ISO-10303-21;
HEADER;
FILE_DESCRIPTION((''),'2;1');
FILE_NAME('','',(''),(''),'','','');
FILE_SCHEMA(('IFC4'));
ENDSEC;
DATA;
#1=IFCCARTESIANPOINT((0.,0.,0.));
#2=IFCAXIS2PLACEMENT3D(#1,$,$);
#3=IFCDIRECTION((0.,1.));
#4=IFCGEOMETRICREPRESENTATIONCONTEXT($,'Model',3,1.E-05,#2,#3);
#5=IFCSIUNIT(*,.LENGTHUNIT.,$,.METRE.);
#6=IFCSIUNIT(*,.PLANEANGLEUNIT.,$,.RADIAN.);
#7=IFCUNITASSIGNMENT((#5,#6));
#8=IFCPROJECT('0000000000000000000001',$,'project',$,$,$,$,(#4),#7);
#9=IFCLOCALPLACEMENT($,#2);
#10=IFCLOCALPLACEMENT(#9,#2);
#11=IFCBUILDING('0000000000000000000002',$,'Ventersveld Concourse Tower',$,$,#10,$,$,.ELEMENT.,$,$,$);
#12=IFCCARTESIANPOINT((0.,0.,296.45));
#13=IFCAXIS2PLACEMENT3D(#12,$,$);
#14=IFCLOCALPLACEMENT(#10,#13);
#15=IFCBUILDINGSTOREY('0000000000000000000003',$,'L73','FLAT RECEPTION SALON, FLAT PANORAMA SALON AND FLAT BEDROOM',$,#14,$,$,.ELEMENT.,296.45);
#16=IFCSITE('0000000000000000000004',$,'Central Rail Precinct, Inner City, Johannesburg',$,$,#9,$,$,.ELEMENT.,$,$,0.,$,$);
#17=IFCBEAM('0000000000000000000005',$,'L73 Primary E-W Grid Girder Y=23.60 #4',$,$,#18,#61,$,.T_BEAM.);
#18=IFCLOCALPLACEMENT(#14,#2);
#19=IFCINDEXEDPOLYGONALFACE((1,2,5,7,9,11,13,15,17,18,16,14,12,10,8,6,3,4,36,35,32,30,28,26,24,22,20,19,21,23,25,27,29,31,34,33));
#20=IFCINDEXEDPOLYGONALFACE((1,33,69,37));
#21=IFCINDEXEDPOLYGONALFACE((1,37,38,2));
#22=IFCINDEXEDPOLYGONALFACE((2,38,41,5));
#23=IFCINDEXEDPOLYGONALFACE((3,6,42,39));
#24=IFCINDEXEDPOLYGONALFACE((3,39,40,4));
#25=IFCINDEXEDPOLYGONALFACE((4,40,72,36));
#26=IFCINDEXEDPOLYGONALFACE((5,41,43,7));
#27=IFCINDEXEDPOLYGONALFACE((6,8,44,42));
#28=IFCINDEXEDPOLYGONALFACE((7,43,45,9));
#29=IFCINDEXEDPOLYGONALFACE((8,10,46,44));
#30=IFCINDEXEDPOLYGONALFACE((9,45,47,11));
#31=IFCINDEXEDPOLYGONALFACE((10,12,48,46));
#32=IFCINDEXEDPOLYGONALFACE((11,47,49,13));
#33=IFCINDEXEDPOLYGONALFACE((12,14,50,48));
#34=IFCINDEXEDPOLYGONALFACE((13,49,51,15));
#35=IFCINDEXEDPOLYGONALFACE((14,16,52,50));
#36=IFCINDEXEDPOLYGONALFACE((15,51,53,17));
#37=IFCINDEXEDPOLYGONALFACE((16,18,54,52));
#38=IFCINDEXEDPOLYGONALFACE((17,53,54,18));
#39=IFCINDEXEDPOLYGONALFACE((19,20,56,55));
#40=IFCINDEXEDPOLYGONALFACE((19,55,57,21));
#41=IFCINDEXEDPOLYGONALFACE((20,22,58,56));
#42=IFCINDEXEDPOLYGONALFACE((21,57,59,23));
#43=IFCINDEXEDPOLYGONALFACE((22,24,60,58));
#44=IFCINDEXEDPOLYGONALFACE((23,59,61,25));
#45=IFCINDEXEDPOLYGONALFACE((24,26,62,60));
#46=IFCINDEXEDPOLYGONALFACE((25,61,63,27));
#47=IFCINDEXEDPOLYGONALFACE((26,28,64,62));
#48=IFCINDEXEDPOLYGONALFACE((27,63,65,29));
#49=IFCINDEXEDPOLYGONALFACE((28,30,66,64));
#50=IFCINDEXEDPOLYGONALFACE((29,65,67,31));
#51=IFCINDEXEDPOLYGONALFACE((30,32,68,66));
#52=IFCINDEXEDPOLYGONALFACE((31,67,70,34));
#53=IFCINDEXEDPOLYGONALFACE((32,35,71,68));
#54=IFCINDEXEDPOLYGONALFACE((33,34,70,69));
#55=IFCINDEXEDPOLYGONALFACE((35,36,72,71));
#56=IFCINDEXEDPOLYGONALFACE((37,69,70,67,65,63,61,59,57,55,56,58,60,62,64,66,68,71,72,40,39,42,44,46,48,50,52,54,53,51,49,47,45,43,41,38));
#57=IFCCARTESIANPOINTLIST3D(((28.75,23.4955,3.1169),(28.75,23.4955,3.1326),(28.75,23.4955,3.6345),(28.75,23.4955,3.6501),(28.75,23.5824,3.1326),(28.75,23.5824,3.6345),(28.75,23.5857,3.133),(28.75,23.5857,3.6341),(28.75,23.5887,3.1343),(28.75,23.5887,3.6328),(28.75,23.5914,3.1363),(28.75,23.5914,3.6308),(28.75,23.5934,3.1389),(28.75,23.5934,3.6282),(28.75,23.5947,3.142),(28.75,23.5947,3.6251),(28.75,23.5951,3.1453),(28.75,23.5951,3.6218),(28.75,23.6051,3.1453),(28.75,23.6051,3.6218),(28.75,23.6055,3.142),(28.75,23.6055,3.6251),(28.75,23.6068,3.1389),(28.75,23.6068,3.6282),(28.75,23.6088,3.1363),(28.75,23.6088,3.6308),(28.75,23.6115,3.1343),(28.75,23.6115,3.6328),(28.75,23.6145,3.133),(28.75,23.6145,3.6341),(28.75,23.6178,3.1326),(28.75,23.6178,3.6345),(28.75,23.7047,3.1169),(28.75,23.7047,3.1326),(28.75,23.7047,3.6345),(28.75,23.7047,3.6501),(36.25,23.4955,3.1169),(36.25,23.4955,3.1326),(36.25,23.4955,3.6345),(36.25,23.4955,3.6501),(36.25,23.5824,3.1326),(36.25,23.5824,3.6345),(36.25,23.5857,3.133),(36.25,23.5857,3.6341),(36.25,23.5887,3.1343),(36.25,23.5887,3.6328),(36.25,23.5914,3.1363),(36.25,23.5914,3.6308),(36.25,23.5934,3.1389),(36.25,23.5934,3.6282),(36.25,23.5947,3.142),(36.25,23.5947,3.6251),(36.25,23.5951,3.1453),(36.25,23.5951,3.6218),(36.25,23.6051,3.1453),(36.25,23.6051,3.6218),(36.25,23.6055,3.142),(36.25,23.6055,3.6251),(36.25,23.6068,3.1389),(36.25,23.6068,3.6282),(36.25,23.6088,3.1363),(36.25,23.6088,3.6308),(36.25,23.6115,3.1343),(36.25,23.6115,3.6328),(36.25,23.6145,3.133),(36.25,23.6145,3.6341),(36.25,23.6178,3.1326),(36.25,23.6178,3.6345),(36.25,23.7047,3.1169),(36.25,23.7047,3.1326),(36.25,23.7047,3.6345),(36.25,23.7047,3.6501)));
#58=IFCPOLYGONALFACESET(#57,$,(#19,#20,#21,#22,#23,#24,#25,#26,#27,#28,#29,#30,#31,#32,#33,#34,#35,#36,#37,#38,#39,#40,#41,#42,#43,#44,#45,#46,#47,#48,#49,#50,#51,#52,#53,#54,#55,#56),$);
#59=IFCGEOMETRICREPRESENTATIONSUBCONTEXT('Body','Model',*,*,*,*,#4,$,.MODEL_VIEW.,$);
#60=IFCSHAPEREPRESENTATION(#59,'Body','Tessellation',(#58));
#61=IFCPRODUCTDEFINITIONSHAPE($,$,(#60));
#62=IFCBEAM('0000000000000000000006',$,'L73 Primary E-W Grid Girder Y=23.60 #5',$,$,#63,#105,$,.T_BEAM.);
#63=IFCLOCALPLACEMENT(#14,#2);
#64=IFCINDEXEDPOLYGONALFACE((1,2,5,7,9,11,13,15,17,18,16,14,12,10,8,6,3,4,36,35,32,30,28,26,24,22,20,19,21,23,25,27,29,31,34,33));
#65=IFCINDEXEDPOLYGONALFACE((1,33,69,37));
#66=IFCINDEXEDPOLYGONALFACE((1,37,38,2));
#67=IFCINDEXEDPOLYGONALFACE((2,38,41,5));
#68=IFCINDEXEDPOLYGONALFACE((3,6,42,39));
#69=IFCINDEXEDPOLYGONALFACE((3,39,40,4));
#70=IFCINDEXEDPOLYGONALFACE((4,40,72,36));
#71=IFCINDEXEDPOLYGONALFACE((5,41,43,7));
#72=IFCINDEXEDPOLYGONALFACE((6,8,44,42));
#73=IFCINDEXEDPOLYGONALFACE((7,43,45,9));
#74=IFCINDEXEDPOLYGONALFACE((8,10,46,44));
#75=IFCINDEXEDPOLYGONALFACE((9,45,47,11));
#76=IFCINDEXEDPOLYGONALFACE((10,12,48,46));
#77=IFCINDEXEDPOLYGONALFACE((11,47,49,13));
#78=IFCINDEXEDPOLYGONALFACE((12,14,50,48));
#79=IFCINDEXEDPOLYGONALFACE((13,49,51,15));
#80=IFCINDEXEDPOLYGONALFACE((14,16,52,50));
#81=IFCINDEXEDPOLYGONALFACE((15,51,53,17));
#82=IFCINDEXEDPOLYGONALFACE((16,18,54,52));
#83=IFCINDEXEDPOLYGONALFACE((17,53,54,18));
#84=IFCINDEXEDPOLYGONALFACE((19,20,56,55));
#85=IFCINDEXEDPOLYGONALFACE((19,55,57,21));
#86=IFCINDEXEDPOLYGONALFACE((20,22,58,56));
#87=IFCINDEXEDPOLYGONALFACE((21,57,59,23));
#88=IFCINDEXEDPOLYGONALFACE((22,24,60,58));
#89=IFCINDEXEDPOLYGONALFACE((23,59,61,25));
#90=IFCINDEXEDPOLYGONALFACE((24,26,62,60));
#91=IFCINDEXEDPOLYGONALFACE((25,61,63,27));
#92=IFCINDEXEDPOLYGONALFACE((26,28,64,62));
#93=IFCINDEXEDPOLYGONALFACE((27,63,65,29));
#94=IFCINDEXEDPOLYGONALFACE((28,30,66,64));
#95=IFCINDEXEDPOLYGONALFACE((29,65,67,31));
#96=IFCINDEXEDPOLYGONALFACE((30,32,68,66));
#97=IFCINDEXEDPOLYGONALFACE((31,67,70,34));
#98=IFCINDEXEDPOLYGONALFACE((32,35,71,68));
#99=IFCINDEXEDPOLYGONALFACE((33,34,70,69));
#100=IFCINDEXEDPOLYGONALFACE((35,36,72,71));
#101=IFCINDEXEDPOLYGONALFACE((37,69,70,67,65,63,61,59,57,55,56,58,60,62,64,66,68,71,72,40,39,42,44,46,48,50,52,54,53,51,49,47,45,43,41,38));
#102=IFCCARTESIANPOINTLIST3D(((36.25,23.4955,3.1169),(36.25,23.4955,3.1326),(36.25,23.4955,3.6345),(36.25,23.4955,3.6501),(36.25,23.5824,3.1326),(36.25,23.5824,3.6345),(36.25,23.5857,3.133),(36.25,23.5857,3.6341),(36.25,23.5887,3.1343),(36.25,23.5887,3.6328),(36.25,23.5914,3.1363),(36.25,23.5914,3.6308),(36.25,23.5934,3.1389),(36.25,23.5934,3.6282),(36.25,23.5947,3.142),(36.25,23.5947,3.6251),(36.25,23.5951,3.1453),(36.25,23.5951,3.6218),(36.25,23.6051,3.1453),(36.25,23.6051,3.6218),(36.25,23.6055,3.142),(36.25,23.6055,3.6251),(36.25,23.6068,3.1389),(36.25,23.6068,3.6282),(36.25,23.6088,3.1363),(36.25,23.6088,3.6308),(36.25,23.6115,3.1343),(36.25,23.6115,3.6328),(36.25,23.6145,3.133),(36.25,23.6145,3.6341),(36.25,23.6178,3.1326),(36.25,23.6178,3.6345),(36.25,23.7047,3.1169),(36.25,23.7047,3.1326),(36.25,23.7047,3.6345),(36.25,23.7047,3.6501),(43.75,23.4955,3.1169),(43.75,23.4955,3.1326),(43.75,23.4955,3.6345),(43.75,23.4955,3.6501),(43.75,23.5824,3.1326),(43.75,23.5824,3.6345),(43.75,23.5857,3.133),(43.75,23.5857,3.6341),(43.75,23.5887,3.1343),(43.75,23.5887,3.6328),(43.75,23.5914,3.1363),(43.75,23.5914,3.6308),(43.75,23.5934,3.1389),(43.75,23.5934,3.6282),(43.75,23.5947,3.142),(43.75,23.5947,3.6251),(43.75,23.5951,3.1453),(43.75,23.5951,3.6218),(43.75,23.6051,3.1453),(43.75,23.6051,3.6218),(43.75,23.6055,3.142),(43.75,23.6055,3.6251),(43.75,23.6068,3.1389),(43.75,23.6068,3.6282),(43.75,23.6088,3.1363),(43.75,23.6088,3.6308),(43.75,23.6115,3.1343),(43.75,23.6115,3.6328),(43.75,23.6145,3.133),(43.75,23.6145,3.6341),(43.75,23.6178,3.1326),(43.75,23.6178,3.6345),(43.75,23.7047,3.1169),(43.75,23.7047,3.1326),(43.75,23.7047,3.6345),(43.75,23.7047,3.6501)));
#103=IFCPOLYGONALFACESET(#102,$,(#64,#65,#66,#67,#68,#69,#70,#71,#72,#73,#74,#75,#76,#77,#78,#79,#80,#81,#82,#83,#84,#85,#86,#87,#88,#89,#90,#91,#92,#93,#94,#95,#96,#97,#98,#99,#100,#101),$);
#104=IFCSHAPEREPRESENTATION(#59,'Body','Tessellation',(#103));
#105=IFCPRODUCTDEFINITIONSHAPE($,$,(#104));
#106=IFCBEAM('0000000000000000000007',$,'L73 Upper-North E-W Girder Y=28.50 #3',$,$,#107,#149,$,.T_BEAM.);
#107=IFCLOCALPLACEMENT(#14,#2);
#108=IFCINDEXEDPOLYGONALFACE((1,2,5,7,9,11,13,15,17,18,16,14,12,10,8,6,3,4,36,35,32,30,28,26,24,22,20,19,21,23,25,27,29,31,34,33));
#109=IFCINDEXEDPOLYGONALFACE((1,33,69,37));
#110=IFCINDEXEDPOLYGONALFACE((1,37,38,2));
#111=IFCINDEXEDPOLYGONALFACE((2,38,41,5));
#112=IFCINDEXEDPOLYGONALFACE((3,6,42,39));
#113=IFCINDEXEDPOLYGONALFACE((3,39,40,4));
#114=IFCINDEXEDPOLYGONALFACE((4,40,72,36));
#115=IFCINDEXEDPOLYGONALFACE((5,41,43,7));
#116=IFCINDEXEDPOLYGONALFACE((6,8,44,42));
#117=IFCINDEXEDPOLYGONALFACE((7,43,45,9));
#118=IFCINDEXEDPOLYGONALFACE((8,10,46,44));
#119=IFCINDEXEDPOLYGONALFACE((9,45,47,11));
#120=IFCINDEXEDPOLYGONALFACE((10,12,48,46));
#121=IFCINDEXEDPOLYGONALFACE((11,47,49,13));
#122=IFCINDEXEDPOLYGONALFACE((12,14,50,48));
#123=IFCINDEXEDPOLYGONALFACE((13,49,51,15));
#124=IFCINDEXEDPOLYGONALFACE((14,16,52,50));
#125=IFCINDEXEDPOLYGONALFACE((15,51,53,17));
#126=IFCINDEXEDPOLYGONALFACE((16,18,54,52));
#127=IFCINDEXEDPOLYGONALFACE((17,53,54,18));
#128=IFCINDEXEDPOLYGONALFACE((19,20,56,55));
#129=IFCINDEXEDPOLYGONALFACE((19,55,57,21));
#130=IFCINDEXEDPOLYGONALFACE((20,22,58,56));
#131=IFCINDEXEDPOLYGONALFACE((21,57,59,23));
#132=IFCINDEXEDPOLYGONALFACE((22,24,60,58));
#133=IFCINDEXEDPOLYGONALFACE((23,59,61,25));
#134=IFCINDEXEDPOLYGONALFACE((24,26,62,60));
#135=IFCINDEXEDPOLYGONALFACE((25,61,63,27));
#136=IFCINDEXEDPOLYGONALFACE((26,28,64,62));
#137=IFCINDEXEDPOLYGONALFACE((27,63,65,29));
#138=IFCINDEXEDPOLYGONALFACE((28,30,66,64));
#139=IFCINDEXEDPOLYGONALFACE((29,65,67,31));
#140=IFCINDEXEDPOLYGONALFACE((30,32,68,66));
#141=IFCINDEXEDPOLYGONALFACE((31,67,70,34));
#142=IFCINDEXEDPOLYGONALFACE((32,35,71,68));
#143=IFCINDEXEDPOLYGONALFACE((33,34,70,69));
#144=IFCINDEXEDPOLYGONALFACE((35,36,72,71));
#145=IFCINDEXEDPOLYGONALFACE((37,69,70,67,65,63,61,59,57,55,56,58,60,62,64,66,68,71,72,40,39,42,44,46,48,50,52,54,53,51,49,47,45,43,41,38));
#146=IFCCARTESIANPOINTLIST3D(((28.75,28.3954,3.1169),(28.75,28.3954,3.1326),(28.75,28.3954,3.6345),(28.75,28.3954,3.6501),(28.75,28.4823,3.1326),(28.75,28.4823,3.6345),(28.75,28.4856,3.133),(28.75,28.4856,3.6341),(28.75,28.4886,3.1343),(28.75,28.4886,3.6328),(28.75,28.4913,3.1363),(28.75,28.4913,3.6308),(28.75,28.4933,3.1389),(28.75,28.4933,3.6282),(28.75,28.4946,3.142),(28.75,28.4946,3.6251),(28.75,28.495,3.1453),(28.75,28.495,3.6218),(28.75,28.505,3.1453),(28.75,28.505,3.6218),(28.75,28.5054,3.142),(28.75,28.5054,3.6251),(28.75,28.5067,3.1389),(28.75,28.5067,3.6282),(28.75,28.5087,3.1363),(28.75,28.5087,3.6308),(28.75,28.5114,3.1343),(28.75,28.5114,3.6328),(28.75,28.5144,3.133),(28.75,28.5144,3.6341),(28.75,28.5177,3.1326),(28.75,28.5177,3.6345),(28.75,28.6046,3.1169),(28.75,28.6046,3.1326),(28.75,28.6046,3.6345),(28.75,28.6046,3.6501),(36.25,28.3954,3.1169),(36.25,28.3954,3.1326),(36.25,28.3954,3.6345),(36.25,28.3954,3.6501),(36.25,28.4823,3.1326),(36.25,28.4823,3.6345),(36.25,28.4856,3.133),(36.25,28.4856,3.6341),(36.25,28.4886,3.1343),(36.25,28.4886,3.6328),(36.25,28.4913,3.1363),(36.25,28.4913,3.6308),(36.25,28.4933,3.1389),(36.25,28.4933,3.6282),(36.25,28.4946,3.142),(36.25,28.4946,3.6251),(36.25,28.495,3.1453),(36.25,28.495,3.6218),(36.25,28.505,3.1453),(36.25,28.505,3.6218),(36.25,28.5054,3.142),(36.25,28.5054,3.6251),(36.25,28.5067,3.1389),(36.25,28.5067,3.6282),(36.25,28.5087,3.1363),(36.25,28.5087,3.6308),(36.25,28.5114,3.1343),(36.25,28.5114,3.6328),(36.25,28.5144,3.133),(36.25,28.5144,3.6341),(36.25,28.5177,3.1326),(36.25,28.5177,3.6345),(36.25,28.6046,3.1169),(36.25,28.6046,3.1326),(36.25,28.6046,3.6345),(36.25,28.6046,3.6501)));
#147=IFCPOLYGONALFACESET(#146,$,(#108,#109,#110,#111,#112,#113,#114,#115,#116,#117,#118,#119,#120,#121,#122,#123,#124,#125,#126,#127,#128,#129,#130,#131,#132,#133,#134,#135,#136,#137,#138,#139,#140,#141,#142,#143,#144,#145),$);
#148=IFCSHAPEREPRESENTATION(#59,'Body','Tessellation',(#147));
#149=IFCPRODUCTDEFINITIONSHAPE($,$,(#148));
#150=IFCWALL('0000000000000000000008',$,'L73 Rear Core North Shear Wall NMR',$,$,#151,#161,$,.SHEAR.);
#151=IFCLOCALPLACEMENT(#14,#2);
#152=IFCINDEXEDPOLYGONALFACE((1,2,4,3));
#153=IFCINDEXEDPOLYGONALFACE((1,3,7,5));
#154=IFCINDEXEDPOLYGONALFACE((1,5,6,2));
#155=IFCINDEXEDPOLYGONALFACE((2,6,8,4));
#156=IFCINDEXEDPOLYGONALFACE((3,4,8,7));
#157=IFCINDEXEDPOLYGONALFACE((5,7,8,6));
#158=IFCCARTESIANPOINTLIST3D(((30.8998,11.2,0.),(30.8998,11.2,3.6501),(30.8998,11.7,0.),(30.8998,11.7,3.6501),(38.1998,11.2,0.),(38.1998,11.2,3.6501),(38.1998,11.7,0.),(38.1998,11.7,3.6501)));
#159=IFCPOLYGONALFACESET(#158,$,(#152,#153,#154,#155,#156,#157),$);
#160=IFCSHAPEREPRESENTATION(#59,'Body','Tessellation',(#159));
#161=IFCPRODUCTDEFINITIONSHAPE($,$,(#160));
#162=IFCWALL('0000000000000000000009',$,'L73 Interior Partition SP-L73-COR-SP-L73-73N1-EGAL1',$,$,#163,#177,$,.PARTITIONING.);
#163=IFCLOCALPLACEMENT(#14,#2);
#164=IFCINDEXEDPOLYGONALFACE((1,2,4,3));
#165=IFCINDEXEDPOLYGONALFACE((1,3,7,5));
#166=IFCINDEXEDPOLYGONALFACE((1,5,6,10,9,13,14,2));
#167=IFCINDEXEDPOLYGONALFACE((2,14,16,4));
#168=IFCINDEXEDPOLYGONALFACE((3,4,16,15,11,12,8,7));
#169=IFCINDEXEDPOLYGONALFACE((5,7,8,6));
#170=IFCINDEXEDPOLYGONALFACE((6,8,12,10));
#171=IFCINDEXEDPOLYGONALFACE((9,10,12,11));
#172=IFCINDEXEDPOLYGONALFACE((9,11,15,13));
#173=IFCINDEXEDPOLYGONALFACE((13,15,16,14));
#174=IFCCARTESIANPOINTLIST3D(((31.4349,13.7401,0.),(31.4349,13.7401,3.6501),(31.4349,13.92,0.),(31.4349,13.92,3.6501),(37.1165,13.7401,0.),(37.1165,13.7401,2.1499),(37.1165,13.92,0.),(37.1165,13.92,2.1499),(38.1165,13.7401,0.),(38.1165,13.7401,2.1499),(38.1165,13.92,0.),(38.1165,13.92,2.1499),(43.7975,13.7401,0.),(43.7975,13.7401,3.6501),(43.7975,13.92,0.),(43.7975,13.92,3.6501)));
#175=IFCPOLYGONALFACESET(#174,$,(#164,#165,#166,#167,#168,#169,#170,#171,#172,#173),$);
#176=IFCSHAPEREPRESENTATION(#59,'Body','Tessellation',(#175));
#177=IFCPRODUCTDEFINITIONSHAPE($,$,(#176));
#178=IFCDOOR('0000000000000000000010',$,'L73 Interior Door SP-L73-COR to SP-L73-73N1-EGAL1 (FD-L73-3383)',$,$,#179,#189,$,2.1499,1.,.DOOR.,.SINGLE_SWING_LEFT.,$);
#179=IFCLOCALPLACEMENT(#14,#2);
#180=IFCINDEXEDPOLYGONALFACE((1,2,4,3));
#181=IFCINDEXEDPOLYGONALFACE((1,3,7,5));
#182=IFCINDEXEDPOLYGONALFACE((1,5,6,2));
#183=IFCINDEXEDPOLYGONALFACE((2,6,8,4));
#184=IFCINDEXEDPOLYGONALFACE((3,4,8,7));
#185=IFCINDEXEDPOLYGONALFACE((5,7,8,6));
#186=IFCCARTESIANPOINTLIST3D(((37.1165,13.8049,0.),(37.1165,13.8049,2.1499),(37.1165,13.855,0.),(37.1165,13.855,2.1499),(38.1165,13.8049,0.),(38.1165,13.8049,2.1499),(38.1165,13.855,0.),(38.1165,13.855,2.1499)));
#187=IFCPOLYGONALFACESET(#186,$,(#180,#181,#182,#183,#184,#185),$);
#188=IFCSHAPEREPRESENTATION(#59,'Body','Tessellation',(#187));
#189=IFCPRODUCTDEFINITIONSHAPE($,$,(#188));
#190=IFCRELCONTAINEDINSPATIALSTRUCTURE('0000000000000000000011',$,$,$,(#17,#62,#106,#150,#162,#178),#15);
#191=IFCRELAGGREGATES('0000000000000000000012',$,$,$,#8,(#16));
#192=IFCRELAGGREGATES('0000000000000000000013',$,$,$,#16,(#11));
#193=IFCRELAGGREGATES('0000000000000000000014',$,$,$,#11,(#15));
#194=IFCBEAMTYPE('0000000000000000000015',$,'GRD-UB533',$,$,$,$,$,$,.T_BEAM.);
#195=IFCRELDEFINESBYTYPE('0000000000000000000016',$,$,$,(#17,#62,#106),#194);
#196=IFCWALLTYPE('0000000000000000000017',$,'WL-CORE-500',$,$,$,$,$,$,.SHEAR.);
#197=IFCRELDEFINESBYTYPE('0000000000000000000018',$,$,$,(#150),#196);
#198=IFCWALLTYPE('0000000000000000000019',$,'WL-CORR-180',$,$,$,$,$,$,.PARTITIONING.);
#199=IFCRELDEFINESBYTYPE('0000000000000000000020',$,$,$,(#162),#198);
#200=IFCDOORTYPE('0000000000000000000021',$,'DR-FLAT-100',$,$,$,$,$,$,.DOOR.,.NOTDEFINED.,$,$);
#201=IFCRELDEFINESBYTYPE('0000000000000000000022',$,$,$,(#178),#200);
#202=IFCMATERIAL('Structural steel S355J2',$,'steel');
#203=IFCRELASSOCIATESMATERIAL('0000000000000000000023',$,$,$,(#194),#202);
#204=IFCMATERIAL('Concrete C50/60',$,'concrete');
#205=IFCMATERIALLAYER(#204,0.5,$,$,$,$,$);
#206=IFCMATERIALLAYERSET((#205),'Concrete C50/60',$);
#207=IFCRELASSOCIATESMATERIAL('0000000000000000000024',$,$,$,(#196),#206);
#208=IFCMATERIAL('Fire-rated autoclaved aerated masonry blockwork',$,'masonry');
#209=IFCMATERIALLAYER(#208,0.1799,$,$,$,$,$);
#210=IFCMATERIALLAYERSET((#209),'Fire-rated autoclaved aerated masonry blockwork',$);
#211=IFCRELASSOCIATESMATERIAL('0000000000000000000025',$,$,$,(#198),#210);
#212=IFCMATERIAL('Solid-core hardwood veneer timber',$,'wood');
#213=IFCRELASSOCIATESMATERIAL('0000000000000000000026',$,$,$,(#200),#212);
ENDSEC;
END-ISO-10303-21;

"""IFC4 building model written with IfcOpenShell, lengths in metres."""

from ifc_helpers import new_model, si_unit, direction, frame, frame_2d, origin, origin_2d, place, context, subcontext, project, spatial, rectangle, i_section, extrude, material, layer, layer_set, material_profile, profile_set, type_object, element, fill, save


model = new_model("IFC4")

# Units and contexts
model_context = context("Model", 3, precision=1e-05, world=origin(), true_north=direction((0.0, 1.0)))
body_context = subcontext(model_context, "Body", "Model", "MODEL_VIEW")
ifc_project = project(units=[si_unit("LENGTHUNIT", "METRE"), si_unit("PLANEANGLEUNIT", "RADIAN")], contexts=[model_context])

# Site, building, storey
site_placement = place(None, origin())
site = spatial("IfcSite", under=ifc_project, at=site_placement, Name="Central Rail Precinct, Inner City, Johannesburg", CompositionType="ELEMENT", RefElevation=0.0)
building_placement = place(site_placement, origin())
building = spatial("IfcBuilding", under=site, at=building_placement, Name="Ventersveld Concourse Tower", CompositionType="ELEMENT")
storey_placement = place(building_placement, frame((0.0, 0.0, 296.45)))
storey = spatial("IfcBuildingStorey", under=building, at=storey_placement, Name="L73", Description="FLAT RECEPTION SALON, FLAT PANORAMA SALON AND FLAT BEDROOM", CompositionType="ELEMENT", Elevation=296.45)

# Shared definitions
ifc_material_1 = material(Name="Concrete C50/60", Category="concrete")

# Beams
ifc_material_2 = material(Name="Structural steel S355J2", Category="steel")
ifc_material_profile_1 = material_profile(ifc_material_2, i_section(OverallWidth=0.2092, OverallDepth=0.5332, WebThickness=0.01, FlangeThickness=0.0156, FilletRadius=0.0127, at=origin_2d()), Name="UB 533x210x92")
ifc_profile_set_1 = profile_set([ifc_material_profile_1], Name="Structural steel S355J2")
beam_type_1 = type_object("IfcBeamType", Name="GRD-UB533", PredefinedType="T_BEAM", material=ifc_profile_set_1)
for number, where, z_axis, x_axis, name in (
    (1, (28.75, 23.6001, 3.3835), (1.0, 0.0, 0.0), (0.0, 1.0, 0.0), "L73 Primary E-W Grid Girder Y=23.60 #4"),
    (2, (36.25, 23.6001, 3.3835), (1.0, 0.0, 0.0), (0.0, 1.0, 0.0), "L73 Primary E-W Grid Girder Y=23.60 #5"),
    (3, (28.75, 28.5, 3.3835), (1.0, 0.0, 0.0), (0.0, 1.0, 0.0), "L73 Upper-North E-W Girder Y=28.50 #3"),
):
    element("IfcBeam", number, at=place(storey_placement, frame(where, z_axis=z_axis, x_axis=x_axis)), inside=storey, type_object=beam_type_1, Name=name, PredefinedType="T_BEAM", context=body_context, shape_type="SweptSolid", body=[
        extrude(i_section(OverallWidth=0.2092, OverallDepth=0.5332, WebThickness=0.01, FlangeThickness=0.0156, FilletRadius=0.0127, at=origin_2d()), origin(), (0.0, 0.0, 1.0), 7.5),
    ])

# Wall
ifc_layer_1 = layer(ifc_material_1, 0.5)
ifc_layer_set_1 = layer_set([ifc_layer_1], Name="Concrete C50/60")
wall_type_1 = type_object("IfcWallType", Name="WL-CORE-500", PredefinedType="SHEAR", material=ifc_layer_set_1)
wall_1_placement = place(storey_placement, frame((30.8999, 11.45, 0.0), z_axis=(0.0, 0.0, 1.0), x_axis=(1.0, 0.0, 0.0)))
element("IfcWall", 4, at=wall_1_placement, inside=storey, type_object=wall_type_1, Name="L73 Rear Core North Shear Wall NMR", PredefinedType="SHEAR", context=body_context, shape_type="SweptSolid", body=[
    extrude(rectangle(XDim=7.3, YDim=0.5, at=frame_2d((3.6499, 0.0))), origin(), (0.0, 0.0, 1.0), 3.6501),
])

# Wall, opening, door
ifc_material_3 = material(Name="Fire-rated autoclaved aerated masonry blockwork", Category="masonry")
ifc_layer_2 = layer(ifc_material_3, 0.1799)
ifc_layer_set_2 = layer_set([ifc_layer_2], Name="Fire-rated autoclaved aerated masonry blockwork")
wall_type_2 = type_object("IfcWallType", Name="WL-CORR-180", PredefinedType="PARTITIONING", material=ifc_layer_set_2)
wall_2_placement = place(storey_placement, frame((31.4351, 13.8301, 0.0), z_axis=(0.0, 0.0, 1.0), x_axis=(1.0, 0.0, 0.0)))
wall_2 = element("IfcWall", 5, at=wall_2_placement, inside=storey, type_object=wall_type_2, Name="L73 Interior Partition SP-L73-COR-SP-L73-73N1-EGAL1", PredefinedType="PARTITIONING", context=body_context, shape_type="SweptSolid", body=[
    extrude(rectangle(XDim=12.3625, YDim=0.1799, at=frame_2d((6.1812, 0.0))), origin(), (0.0, 0.0, 1.0), 3.6501),
])
opening_1_placement = place(wall_2_placement, frame((5.6814, 0.0, 0.0)))
opening_1 = element("IfcOpeningElement", 6, at=opening_1_placement, cuts=wall_2, PredefinedType="OPENING", context=body_context, shape_type="SweptSolid", body=[
    extrude(rectangle(XDim=1.0, YDim=2.1499, at=frame_2d((0.5, 1.075))), frame((0.0, 0.1001, 0.0), z_axis=(0.0, -1.0, 0.0), x_axis=(1.0, 0.0, 0.0)), (0.0, 0.0, 1.0), 0.2),
])
ifc_material_4 = material(Name="Solid-core hardwood veneer timber", Category="wood")
door_type_1 = type_object("IfcDoorType", Name="DR-FLAT-100", OperationType="NOTDEFINED", PredefinedType="DOOR", material=ifc_material_4)
door_1_placement = place(opening_1_placement, origin())
door_1 = element("IfcDoor", 7, at=door_1_placement, inside=storey, type_object=door_type_1, Name="L73 Interior Door SP-L73-COR to SP-L73-73N1-EGAL1 (FD-L73-3383)", OperationType="SINGLE_SWING_LEFT", OverallHeight=2.1499, OverallWidth=1.0, PredefinedType="DOOR", context=body_context, shape_type="SweptSolid", body=[
    extrude(rectangle(XDim=1.0, YDim=2.1499, at=frame_2d((0.5, 1.075))), frame((0.0, 0.0249, 0.0), z_axis=(0.0, -1.0, 0.0), x_axis=(1.0, 0.0, 0.0)), (0.0, 0.0, 1.0), 0.05),
])
fill(opening_1, door_1)

save(model, "model.ifc")
